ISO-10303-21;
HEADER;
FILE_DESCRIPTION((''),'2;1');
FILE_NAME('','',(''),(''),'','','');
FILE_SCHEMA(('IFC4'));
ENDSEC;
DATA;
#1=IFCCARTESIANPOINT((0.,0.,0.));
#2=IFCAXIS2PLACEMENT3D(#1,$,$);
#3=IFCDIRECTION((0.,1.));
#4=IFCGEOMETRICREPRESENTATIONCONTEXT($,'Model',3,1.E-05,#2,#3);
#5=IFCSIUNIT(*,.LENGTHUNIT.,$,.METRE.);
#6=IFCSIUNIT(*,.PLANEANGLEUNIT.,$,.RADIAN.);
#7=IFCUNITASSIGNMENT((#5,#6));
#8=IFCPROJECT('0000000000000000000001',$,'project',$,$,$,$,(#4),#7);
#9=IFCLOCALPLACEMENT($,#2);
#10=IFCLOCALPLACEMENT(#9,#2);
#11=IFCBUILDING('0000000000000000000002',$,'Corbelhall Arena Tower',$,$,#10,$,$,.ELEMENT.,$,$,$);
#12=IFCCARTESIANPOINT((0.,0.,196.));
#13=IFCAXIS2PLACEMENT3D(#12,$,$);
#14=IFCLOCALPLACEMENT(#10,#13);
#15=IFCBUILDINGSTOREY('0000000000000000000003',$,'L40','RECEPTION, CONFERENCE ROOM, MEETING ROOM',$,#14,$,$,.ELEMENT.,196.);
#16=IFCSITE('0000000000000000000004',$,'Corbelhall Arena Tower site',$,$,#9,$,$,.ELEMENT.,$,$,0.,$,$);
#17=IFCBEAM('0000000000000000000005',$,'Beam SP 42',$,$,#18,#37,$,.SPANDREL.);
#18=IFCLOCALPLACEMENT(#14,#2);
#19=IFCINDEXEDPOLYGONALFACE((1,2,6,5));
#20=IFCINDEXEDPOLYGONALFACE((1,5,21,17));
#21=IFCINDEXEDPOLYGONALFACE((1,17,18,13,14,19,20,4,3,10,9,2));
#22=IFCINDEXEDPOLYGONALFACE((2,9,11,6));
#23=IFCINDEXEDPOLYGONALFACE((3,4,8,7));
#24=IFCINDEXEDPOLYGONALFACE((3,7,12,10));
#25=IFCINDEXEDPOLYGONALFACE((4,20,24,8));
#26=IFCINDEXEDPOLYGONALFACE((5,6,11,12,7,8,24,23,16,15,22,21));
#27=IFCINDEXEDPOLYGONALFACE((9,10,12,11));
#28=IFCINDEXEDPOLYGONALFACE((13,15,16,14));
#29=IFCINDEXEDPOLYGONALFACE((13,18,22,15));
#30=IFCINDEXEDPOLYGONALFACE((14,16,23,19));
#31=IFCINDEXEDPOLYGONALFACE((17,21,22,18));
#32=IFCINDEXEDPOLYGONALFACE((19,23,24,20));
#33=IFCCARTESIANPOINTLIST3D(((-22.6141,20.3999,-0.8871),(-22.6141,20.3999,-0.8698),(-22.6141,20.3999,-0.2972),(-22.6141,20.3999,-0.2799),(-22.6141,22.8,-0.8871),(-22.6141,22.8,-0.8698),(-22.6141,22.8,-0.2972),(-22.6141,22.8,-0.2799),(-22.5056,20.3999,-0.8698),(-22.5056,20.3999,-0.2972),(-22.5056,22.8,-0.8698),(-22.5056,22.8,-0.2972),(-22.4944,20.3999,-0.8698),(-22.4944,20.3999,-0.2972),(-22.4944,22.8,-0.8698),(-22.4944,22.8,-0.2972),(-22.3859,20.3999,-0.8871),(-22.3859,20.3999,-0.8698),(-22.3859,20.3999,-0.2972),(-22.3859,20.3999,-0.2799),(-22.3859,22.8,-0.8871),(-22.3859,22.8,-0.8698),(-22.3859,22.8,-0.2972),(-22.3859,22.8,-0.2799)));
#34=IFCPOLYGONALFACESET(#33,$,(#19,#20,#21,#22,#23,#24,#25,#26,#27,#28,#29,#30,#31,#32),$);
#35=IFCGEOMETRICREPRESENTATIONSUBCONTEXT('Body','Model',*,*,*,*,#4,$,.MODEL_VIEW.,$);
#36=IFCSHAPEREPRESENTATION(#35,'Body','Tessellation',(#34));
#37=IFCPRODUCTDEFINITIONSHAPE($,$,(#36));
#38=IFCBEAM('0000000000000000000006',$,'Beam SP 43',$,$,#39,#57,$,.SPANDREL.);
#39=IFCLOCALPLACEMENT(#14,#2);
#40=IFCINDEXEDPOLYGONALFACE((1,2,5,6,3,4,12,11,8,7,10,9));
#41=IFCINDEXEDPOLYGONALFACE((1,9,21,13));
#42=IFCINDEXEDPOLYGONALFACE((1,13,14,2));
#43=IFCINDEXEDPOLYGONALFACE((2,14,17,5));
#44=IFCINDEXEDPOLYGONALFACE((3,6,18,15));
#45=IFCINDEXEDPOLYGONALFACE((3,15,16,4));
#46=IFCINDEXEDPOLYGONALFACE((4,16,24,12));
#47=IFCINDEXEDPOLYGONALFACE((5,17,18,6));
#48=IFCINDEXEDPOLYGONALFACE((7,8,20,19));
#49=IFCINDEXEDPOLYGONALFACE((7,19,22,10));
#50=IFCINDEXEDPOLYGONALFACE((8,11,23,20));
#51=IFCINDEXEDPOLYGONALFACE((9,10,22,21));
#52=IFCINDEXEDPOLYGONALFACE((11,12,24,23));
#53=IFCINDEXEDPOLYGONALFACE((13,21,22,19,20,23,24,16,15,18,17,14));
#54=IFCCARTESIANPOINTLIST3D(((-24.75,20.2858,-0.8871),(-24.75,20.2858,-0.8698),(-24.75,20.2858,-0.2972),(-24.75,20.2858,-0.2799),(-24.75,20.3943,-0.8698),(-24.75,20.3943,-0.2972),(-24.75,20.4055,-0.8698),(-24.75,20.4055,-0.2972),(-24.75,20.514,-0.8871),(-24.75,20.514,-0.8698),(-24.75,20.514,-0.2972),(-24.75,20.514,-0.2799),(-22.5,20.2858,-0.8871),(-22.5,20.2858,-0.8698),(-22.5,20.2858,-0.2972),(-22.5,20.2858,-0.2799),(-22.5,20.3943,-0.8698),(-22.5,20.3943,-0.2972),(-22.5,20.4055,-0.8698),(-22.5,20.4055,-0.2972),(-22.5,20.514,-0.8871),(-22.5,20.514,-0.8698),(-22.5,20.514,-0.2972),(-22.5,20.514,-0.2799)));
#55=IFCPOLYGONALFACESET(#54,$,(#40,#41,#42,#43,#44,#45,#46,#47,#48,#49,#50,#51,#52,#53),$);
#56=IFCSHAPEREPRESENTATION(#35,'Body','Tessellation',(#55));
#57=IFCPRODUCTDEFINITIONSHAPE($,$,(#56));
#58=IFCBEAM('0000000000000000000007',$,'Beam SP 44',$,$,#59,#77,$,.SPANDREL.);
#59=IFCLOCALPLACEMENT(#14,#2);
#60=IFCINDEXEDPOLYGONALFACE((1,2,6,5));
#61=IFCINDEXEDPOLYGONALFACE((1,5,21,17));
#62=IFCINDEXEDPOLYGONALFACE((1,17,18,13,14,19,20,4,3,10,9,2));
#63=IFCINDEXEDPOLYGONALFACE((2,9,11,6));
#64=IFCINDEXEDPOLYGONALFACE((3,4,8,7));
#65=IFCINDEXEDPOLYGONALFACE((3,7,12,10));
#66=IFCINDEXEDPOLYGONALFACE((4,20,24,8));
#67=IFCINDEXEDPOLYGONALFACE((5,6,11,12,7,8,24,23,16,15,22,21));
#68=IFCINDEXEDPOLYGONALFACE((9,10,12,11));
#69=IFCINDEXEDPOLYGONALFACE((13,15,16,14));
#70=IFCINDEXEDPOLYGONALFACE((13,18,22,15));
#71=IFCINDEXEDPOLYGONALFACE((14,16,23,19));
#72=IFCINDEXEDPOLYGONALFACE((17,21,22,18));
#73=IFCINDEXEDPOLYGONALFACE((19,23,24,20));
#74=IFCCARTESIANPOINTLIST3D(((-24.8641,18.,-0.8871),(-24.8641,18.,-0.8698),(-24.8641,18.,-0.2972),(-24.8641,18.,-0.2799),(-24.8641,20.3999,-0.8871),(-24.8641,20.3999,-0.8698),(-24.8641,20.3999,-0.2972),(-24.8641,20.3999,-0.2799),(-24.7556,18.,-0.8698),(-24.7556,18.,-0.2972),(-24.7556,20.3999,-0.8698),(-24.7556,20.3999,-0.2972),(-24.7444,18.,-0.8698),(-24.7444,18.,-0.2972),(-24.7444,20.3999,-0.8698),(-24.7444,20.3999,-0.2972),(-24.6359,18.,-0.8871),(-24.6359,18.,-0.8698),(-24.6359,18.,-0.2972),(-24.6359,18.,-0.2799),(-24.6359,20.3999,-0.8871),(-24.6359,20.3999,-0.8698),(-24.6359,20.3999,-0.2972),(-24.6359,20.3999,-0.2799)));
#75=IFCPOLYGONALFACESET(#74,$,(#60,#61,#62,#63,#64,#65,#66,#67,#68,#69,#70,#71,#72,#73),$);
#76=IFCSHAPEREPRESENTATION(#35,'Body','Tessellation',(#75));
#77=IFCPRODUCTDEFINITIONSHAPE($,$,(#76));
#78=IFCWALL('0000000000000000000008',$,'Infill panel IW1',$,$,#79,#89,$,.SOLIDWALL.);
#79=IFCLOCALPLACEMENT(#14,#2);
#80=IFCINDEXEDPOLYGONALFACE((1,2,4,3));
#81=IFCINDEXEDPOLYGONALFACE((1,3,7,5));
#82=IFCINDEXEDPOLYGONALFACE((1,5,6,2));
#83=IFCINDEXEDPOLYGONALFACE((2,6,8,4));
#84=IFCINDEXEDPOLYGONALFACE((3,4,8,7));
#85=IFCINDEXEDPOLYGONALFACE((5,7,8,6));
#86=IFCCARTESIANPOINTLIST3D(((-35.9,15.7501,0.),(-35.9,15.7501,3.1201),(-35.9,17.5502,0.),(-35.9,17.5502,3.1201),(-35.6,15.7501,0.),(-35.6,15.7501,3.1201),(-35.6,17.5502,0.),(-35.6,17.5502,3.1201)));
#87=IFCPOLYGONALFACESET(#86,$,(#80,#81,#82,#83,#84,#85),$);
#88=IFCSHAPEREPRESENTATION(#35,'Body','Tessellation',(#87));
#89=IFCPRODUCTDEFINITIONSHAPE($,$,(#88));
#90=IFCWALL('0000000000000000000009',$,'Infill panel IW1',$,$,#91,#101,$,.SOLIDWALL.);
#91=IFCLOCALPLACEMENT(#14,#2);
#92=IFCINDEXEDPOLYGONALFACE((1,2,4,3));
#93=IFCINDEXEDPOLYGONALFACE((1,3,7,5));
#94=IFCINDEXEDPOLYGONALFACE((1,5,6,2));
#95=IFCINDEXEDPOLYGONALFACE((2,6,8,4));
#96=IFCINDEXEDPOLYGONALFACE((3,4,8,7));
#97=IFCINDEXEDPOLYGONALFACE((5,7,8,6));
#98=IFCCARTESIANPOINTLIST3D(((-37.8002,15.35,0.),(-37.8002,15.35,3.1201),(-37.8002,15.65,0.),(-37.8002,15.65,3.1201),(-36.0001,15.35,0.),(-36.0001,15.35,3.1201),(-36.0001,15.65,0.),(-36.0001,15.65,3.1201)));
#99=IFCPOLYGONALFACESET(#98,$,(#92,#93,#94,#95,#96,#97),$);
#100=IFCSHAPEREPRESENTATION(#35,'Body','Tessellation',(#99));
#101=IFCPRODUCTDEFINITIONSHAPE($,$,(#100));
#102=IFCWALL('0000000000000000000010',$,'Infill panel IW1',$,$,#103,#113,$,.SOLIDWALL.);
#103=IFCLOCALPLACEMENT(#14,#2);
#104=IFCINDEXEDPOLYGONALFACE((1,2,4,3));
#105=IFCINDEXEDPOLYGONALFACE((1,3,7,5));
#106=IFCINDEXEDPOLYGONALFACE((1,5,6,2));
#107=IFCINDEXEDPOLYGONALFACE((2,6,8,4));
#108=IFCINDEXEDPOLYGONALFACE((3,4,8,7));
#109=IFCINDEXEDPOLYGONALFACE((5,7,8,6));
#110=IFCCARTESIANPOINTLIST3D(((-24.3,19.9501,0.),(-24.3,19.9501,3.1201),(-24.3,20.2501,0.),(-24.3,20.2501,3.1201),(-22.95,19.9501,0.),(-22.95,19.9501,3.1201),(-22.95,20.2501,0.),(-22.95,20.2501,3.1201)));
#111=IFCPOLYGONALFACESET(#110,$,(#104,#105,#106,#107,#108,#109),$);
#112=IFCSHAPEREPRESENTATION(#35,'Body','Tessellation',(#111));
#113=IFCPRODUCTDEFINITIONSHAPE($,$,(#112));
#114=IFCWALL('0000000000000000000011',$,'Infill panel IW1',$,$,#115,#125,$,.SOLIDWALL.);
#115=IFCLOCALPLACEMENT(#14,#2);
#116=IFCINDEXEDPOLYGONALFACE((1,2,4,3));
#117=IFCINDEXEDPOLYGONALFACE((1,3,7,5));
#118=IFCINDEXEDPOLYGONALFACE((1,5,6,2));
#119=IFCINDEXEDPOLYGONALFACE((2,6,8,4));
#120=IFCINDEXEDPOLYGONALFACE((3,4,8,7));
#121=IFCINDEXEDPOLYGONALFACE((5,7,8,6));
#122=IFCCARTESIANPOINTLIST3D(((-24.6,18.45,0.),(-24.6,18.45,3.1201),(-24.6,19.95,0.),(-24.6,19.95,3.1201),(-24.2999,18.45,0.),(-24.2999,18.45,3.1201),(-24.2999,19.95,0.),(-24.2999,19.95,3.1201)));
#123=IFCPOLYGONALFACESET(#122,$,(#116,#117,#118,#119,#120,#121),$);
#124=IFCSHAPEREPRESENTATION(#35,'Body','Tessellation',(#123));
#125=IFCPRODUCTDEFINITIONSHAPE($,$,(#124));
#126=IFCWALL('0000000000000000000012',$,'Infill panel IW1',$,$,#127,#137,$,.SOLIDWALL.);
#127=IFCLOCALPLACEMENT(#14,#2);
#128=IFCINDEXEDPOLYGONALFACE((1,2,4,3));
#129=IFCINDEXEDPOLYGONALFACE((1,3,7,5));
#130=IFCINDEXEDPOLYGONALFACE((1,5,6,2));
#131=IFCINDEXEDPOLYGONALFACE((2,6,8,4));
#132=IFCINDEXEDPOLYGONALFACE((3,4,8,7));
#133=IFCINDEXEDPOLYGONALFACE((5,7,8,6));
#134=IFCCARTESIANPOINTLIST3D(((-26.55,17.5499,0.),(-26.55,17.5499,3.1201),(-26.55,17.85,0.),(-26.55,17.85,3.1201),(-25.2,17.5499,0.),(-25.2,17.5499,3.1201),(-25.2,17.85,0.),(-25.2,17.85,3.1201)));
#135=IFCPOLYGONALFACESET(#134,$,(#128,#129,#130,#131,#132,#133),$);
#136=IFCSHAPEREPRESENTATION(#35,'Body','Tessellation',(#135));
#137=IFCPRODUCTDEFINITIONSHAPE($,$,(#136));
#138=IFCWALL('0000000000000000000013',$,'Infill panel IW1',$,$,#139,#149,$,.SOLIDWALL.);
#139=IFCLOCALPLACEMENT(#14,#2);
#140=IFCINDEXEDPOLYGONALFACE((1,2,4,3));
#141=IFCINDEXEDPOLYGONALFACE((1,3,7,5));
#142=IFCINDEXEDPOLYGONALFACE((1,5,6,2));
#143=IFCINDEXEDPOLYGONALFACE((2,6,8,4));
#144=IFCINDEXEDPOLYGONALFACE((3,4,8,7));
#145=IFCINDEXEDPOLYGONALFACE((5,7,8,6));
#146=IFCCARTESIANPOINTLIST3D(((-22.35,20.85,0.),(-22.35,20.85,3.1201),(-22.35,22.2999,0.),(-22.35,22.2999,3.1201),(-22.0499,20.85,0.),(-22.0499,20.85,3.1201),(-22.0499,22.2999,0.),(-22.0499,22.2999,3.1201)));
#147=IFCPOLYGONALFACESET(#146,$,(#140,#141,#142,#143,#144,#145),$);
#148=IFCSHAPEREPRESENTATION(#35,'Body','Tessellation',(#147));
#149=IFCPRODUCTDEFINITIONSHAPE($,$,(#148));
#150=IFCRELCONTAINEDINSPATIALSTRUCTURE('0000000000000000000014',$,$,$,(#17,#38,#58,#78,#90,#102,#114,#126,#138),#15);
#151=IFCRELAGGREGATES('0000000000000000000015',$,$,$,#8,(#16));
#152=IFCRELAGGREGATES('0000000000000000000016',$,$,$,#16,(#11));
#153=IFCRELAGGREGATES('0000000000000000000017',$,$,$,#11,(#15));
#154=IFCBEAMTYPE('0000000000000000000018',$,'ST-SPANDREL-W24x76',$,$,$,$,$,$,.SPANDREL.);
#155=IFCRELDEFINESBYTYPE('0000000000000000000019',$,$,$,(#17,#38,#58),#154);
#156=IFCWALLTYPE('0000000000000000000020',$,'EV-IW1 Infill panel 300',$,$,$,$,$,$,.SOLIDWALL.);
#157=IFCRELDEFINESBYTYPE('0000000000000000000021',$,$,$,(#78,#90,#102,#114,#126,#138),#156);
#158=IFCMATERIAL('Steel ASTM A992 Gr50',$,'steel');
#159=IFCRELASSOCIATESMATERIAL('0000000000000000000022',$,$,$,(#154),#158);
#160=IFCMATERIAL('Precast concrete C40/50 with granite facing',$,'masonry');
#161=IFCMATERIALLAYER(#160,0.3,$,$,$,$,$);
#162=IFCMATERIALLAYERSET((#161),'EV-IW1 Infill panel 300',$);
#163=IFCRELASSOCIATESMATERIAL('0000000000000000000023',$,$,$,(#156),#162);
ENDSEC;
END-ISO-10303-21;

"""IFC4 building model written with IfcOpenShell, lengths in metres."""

from ifc_helpers import new_model, si_unit, direction, frame, frame_2d, origin, origin_2d, place, context, subcontext, project, spatial, rectangle, i_section, extrude, material, layer, layer_set, material_profile, profile_set, type_object, element, save


model = new_model("IFC4")

# Units and contexts
model_context = context("Model", 3, precision=1e-05, world=origin(), true_north=direction((0.0, 1.0)))
body_context = subcontext(model_context, "Body", "Model", "MODEL_VIEW")
ifc_project = project(units=[si_unit("LENGTHUNIT", "METRE"), si_unit("PLANEANGLEUNIT", "RADIAN")], contexts=[model_context])

# Site, building, storey
site_placement = place(None, origin())
site = spatial("IfcSite", under=ifc_project, at=site_placement, Name="Corbelhall Arena Tower site", CompositionType="ELEMENT", RefElevation=0.0)
building_placement = place(site_placement, origin())
building = spatial("IfcBuilding", under=site, at=building_placement, Name="Corbelhall Arena Tower", CompositionType="ELEMENT")
storey_placement = place(building_placement, frame((0.0, 0.0, 196.0)))
storey = spatial("IfcBuildingStorey", under=building, at=storey_placement, Name="L40", Description="RECEPTION, CONFERENCE ROOM, MEETING ROOM", CompositionType="ELEMENT", Elevation=196.0)

# Beams
ifc_material_1 = material(Name="Steel ASTM A992 Gr50", Category="steel")
ifc_material_profile_1 = material_profile(ifc_material_1, i_section(OverallWidth=0.2283, OverallDepth=0.6072, WebThickness=0.0112, FlangeThickness=0.0173, at=origin_2d()))
ifc_profile_set_1 = profile_set([ifc_material_profile_1], Name="Steel ASTM A992 Gr50")
beam_type = type_object("IfcBeamType", Name="ST-SPANDREL-W24x76", PredefinedType="SPANDREL", material=ifc_profile_set_1)
beam_1_placement = place(storey_placement, frame((-22.5, 20.3999, -0.5835), z_axis=(0.0, 1.0, 0.0), x_axis=(-1.0, 0.0, 0.0)))
element("IfcBeam", 1, at=beam_1_placement, inside=storey, type_object=beam_type, Name="Beam SP 42", PredefinedType="SPANDREL", context=body_context, shape_type="SweptSolid", body=[
    extrude(i_section(OverallWidth=0.2283, OverallDepth=0.6072, WebThickness=0.0112, FlangeThickness=0.0173, at=origin_2d()), origin(), (0.0, 0.0, 1.0), 2.4001),
])
beam_2_placement = place(storey_placement, frame((-24.75, 20.3999, -0.5835), z_axis=(1.0, 0.0, 0.0), x_axis=(0.0, 1.0, 0.0)))
element("IfcBeam", 2, at=beam_2_placement, inside=storey, type_object=beam_type, Name="Beam SP 43", PredefinedType="SPANDREL", context=body_context, shape_type="SweptSolid", body=[
    extrude(i_section(OverallWidth=0.2283, OverallDepth=0.6072, WebThickness=0.0112, FlangeThickness=0.0173, at=origin_2d()), origin(), (0.0, 0.0, 1.0), 2.25),
])
beam_3_placement = place(storey_placement, frame((-24.75, 18.0, -0.5835), z_axis=(0.0, 1.0, 0.0), x_axis=(-1.0, 0.0, 0.0)))
element("IfcBeam", 3, at=beam_3_placement, inside=storey, type_object=beam_type, Name="Beam SP 44", PredefinedType="SPANDREL", context=body_context, shape_type="SweptSolid", body=[
    extrude(i_section(OverallWidth=0.2283, OverallDepth=0.6072, WebThickness=0.0112, FlangeThickness=0.0173, at=origin_2d()), origin(), (0.0, 0.0, 1.0), 2.3999),
])

# Walls
ifc_material_2 = material(Name="Precast concrete C40/50 with granite facing", Category="masonry")
ifc_layer = layer(ifc_material_2, 0.3)
ifc_layer_set = layer_set([ifc_layer], Name="EV-IW1 Infill panel 300")
wall_type = type_object("IfcWallType", Name="EV-IW1 Infill panel 300", PredefinedType="SOLIDWALL", material=ifc_layer_set)
for number, where, z_axis, x_axis, name in (
    (4, (-35.75, 17.55, 0.0), (0.0, 0.0, 1.0), (0.0, -1.0, 0.0), "Infill panel IW1"),
    (5, (-37.8, 15.5, 0.0), (0.0, 0.0, 1.0), (1.0, 0.0, 0.0), "Infill panel IW1"),
):
    element("IfcWall", number, at=place(storey_placement, frame(where, z_axis=z_axis, x_axis=x_axis)), inside=storey, type_object=wall_type, Name=name, PredefinedType="SOLIDWALL", context=body_context, shape_type="SweptSolid", body=[
        extrude(rectangle(XDim=1.8, YDim=0.3, at=frame_2d((0.8999, 0.0))), origin(), (0.0, 0.0, 1.0), 3.1201),
    ])
wall_1_placement = place(storey_placement, frame((-22.95, 20.1001, 0.0), z_axis=(0.0, 0.0, 1.0), x_axis=(-1.0, 0.0, 0.0)))
element("IfcWall", 6, at=wall_1_placement, inside=storey, type_object=wall_type, Name="Infill panel IW1", PredefinedType="SOLIDWALL", context=body_context, shape_type="SweptSolid", body=[
    extrude(rectangle(XDim=1.3501, YDim=0.3, at=frame_2d((0.675, 0.0))), origin(), (0.0, 0.0, 1.0), 3.1201),
])
wall_2_placement = place(storey_placement, frame((-24.45, 19.95, 0.0), z_axis=(0.0, 0.0, 1.0), x_axis=(0.0, -1.0, 0.0)))
element("IfcWall", 7, at=wall_2_placement, inside=storey, type_object=wall_type, Name="Infill panel IW1", PredefinedType="SOLIDWALL", context=body_context, shape_type="SweptSolid", body=[
    extrude(rectangle(XDim=1.5, YDim=0.3, at=frame_2d((0.75, 0.0))), origin(), (0.0, 0.0, 1.0), 3.1201),
])
wall_3_placement = place(storey_placement, frame((-25.2, 17.7, 0.0), z_axis=(0.0, 0.0, 1.0), x_axis=(-1.0, 0.0, 0.0)))
element("IfcWall", 8, at=wall_3_placement, inside=storey, type_object=wall_type, Name="Infill panel IW1", PredefinedType="SOLIDWALL", context=body_context, shape_type="SweptSolid", body=[
    extrude(rectangle(XDim=1.3501, YDim=0.3, at=frame_2d((0.675, 0.0))), origin(), (0.0, 0.0, 1.0), 3.1201),
])

# Wall
wall_4_placement = place(storey_placement, frame((-22.2, 22.3, 0.0), z_axis=(0.0, 0.0, 1.0), x_axis=(0.0, -1.0, 0.0)))
element("IfcWall", 9, at=wall_4_placement, inside=storey, type_object=wall_type, Name="Infill panel IW1", PredefinedType="SOLIDWALL", context=body_context, shape_type="SweptSolid", body=[
    extrude(rectangle(XDim=1.45, YDim=0.3, at=frame_2d((0.7251, 0.0))), origin(), (0.0, 0.0, 1.0), 3.1201),
])

save(model, "model.ifc")
